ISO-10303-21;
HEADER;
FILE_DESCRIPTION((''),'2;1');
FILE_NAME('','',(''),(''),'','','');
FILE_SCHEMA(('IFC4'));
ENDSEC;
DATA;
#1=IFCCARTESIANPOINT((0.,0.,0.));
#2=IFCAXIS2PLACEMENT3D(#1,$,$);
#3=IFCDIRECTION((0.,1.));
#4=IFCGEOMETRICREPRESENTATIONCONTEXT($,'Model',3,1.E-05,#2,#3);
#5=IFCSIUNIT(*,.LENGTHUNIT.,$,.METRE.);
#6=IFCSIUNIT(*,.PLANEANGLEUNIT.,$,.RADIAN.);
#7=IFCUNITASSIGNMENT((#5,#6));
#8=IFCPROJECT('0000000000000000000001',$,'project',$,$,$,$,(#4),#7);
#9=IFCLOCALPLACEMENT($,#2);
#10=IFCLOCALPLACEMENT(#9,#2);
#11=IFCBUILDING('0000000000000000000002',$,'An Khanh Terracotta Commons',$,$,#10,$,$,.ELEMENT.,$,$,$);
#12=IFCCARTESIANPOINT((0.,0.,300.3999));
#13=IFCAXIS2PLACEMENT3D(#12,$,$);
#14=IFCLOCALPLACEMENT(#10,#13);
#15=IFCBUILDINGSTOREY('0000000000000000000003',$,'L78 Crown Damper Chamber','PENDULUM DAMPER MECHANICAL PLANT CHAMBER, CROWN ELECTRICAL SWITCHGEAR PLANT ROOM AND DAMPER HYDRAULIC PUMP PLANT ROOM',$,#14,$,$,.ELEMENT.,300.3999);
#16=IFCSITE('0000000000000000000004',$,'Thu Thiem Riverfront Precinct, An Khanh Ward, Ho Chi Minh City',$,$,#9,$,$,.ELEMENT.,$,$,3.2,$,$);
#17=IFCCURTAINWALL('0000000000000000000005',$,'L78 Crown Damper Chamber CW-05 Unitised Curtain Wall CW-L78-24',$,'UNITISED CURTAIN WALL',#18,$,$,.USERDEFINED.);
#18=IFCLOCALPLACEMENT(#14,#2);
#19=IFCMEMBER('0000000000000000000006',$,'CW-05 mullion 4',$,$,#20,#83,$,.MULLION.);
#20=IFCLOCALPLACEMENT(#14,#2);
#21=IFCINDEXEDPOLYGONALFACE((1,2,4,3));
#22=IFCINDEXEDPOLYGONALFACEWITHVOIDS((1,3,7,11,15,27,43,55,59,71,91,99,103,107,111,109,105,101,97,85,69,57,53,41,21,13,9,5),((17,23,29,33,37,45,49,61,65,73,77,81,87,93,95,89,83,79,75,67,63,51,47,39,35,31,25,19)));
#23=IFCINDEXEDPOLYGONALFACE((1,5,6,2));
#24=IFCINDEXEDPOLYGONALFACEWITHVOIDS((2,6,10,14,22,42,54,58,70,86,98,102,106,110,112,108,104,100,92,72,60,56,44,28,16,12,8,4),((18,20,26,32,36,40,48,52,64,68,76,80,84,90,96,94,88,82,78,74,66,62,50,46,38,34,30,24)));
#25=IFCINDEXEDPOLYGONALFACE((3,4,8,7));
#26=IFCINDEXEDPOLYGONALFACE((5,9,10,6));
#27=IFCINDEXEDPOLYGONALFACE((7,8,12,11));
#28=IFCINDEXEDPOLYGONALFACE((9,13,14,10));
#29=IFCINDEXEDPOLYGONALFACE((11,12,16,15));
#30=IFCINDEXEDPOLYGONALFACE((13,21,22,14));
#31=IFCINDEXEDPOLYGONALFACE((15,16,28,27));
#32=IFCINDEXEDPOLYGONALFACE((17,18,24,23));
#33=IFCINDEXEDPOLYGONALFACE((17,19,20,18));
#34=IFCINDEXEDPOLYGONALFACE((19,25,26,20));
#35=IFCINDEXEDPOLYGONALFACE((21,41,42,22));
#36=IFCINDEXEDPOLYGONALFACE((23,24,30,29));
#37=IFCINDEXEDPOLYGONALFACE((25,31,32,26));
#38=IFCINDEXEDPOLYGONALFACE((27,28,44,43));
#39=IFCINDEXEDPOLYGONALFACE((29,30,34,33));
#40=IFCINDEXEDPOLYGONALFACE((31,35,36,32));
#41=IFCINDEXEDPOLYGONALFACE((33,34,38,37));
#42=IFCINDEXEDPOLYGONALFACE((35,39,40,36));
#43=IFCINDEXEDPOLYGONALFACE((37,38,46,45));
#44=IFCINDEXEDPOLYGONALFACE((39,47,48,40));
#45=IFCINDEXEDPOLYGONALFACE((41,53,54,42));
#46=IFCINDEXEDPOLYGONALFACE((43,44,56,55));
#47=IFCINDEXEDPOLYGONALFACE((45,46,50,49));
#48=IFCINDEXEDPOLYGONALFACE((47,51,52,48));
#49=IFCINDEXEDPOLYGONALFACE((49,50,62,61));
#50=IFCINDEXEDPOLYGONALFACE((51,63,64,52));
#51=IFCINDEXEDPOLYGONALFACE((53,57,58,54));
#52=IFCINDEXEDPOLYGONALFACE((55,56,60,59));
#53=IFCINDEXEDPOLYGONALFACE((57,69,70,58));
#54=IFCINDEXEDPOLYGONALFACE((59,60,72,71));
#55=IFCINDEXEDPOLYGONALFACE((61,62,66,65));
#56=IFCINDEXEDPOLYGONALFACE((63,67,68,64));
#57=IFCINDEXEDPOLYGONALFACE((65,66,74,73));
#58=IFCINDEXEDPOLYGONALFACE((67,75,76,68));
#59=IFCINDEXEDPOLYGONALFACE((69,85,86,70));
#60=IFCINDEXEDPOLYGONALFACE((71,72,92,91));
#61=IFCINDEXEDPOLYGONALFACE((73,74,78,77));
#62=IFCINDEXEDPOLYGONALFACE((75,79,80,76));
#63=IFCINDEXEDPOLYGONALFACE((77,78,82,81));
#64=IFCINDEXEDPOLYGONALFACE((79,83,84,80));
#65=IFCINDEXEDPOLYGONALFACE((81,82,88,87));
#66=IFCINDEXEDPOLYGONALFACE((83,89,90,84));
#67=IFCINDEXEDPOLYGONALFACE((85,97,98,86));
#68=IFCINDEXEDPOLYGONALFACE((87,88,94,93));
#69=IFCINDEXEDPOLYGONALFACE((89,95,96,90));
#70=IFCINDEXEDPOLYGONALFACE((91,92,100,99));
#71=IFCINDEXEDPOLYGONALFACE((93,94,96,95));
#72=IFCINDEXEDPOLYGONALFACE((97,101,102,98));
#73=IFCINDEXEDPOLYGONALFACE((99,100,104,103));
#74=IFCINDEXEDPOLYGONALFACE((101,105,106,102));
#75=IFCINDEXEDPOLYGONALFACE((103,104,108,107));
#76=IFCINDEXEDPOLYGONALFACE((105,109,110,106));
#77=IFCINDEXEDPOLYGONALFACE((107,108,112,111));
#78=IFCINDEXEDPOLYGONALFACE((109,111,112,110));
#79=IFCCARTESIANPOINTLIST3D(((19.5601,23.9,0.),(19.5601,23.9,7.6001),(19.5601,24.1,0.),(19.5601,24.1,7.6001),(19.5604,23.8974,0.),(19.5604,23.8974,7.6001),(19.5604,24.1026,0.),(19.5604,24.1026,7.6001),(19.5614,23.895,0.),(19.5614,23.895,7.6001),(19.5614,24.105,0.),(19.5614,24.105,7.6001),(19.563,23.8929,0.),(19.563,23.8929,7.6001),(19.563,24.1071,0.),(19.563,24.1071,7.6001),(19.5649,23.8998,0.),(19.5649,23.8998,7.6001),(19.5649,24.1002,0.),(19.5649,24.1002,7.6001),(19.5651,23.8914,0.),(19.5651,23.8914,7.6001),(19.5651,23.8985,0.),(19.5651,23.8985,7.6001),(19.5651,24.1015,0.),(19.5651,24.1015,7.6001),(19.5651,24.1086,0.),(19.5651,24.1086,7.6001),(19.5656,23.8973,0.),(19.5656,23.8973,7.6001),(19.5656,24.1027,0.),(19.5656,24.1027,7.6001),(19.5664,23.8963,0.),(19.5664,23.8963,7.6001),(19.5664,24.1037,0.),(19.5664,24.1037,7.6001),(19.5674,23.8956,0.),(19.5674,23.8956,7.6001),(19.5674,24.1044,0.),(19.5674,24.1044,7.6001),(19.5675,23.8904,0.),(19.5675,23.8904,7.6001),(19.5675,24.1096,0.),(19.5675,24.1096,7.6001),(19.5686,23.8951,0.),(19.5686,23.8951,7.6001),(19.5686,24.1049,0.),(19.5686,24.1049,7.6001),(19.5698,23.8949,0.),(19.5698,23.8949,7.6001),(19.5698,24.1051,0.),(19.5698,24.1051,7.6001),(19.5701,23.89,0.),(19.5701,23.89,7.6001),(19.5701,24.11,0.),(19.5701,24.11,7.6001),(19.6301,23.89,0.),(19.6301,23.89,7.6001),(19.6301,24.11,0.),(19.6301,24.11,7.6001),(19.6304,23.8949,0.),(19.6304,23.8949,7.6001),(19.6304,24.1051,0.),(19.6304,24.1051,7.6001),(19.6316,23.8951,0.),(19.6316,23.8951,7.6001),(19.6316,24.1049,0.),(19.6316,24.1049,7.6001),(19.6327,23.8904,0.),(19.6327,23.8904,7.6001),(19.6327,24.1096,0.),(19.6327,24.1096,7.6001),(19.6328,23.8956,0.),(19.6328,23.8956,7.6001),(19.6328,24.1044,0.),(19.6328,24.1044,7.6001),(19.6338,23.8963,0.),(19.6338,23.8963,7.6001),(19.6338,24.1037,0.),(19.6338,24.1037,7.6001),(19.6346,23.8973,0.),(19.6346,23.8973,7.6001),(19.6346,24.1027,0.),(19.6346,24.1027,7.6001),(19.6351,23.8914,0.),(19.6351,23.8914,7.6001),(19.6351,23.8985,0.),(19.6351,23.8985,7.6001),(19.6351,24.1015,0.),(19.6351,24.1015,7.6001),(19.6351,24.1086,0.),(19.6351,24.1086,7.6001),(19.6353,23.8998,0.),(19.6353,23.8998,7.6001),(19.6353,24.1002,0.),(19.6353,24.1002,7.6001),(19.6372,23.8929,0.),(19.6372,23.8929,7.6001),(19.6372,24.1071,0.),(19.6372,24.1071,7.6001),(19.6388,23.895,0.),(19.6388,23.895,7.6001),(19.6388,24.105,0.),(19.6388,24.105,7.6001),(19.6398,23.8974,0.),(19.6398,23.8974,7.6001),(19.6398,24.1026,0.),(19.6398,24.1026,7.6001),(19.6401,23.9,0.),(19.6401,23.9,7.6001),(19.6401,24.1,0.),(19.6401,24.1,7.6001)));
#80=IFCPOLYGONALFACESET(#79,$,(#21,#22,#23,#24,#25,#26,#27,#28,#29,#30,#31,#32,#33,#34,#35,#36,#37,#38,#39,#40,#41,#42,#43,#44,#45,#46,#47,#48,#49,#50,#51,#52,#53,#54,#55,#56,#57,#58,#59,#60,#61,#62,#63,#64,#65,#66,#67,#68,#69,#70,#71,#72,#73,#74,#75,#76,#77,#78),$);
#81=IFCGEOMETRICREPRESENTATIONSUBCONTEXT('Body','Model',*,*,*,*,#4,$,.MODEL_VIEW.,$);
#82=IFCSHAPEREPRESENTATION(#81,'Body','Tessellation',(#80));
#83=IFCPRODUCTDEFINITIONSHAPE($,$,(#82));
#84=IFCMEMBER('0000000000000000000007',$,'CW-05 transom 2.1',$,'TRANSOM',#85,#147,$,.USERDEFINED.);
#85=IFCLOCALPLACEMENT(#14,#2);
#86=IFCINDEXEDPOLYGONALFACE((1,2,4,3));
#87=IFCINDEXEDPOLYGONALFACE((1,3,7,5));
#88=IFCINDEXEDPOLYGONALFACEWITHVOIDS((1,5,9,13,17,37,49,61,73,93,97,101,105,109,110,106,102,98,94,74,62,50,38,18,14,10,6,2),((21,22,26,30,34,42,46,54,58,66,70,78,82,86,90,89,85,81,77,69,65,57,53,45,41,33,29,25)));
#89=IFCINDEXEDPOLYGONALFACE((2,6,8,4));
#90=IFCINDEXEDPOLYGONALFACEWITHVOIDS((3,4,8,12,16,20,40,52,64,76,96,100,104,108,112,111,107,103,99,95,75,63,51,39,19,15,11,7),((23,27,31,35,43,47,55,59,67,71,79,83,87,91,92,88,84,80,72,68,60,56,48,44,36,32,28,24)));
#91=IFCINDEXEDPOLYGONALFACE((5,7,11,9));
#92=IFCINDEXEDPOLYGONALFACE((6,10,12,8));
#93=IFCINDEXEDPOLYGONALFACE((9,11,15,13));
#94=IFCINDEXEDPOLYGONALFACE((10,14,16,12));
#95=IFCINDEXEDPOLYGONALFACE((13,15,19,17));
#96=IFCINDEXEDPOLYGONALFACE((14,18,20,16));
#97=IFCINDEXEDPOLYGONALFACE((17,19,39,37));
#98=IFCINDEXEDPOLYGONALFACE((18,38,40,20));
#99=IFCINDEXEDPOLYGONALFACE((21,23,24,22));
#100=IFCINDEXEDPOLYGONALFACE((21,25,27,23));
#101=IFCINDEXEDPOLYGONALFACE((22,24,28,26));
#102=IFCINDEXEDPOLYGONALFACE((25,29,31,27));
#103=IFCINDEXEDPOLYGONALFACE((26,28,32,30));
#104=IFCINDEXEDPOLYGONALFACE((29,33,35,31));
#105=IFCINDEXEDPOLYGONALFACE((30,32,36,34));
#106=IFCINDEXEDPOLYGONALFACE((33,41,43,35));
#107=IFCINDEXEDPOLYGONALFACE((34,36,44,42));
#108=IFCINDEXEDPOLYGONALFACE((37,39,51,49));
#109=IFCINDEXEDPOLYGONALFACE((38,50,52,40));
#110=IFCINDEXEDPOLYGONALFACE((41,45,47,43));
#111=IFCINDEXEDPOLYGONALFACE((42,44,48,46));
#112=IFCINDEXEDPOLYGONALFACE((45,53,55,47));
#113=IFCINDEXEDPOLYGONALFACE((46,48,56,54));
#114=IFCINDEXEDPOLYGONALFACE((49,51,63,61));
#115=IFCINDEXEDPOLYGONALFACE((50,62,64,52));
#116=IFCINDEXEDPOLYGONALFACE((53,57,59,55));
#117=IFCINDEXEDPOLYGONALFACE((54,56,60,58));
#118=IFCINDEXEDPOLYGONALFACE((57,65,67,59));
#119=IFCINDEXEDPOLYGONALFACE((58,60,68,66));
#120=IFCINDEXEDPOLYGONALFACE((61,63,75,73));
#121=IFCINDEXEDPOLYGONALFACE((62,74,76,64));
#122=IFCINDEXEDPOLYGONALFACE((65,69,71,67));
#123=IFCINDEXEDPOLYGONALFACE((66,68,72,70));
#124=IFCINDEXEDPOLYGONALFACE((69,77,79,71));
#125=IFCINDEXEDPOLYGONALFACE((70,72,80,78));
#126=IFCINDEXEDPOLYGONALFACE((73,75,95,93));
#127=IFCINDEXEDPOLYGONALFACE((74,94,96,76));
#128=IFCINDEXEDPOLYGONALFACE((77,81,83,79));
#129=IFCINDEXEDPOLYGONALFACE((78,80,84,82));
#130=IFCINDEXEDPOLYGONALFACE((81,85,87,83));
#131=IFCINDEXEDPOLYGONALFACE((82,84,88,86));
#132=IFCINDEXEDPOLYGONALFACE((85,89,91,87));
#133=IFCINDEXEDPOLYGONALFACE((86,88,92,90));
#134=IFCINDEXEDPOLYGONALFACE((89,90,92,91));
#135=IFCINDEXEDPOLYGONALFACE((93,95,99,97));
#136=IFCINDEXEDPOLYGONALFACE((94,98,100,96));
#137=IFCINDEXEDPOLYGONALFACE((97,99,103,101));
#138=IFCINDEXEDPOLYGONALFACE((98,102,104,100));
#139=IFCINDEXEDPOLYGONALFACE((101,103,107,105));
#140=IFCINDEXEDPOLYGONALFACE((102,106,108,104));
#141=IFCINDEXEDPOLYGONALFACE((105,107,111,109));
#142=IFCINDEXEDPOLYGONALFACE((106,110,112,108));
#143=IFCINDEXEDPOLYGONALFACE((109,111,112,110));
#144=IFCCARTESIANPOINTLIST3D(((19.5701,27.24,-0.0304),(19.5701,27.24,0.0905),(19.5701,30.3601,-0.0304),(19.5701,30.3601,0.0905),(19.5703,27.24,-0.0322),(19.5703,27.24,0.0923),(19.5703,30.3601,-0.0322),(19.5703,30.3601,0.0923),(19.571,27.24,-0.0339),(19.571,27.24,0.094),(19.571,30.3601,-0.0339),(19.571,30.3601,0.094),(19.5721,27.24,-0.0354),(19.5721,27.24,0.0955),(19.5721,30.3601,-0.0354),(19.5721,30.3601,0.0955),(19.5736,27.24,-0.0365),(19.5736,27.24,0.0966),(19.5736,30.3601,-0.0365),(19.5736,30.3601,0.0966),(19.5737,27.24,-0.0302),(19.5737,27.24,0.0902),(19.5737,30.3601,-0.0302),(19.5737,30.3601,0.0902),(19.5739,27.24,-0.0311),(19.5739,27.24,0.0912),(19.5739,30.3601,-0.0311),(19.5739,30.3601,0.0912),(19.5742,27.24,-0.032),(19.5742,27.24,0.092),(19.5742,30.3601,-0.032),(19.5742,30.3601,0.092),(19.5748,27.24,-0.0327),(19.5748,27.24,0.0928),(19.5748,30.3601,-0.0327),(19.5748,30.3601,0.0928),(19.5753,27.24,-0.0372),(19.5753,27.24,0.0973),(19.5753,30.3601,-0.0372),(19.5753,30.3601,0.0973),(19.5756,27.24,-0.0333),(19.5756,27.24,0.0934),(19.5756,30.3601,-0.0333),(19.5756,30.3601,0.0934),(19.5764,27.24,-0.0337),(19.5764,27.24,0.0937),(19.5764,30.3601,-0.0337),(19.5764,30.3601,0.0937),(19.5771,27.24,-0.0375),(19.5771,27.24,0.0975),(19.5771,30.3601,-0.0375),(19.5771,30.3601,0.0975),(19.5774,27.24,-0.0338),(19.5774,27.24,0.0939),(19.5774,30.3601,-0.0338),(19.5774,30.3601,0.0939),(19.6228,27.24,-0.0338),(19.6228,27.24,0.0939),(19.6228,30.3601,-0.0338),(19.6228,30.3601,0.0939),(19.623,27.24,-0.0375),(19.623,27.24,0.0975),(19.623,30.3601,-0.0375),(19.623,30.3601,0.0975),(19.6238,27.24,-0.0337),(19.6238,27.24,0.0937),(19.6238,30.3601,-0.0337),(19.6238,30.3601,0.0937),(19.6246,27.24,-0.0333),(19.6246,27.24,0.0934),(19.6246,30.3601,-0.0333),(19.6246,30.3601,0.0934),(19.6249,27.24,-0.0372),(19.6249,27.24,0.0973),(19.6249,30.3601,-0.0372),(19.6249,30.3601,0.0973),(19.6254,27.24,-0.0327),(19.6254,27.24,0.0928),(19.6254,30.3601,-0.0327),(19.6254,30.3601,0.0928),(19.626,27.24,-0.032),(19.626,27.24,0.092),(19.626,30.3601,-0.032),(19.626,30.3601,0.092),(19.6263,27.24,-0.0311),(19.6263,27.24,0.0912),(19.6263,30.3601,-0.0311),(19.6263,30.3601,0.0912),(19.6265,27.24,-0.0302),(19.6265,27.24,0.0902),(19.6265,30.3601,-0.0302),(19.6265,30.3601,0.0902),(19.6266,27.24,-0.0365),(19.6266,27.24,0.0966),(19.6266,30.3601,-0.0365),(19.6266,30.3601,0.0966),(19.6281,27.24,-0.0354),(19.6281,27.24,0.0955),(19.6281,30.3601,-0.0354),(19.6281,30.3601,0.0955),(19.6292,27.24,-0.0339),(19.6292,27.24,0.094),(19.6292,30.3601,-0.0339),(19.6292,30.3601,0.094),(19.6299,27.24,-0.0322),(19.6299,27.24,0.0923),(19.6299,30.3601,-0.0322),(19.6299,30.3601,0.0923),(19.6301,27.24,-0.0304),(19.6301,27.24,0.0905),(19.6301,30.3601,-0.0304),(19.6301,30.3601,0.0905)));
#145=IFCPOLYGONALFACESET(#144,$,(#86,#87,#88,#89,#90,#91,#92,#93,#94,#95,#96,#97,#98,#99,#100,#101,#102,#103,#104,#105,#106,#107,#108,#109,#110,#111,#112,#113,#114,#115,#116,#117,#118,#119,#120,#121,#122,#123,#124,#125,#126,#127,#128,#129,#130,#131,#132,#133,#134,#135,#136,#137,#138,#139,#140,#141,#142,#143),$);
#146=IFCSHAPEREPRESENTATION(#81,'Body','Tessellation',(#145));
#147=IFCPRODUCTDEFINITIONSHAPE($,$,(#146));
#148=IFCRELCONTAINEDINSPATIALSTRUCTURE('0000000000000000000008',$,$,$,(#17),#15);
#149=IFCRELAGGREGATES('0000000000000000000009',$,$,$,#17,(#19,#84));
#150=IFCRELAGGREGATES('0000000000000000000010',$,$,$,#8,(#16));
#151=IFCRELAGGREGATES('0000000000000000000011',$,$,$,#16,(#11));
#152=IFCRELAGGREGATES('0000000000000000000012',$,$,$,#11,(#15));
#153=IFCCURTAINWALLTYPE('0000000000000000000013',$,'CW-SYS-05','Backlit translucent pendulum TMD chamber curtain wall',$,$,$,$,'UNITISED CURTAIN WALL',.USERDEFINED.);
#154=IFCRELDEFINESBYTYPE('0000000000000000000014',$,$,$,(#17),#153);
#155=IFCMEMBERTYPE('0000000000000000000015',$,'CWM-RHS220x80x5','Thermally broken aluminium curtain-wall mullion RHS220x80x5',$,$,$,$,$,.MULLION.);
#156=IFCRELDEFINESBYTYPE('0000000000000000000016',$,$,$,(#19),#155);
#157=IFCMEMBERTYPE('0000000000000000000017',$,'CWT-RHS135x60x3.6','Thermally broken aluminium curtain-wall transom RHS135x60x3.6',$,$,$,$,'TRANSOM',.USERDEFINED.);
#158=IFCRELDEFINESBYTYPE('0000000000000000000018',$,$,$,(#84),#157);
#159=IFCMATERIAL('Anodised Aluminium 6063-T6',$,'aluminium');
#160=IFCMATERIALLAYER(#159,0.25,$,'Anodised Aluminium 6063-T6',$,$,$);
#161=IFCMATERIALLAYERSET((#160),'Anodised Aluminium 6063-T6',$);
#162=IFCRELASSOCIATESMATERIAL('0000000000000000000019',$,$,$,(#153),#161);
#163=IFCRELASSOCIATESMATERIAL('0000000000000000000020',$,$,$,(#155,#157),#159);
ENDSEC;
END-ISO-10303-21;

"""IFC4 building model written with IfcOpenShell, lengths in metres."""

from ifc_helpers import new_model, si_unit, direction, frame, origin, origin_2d, place, context, subcontext, project, spatial, hollow_rectangle, extrude, material, layer, layer_set, material_profile, profile_set, type_object, element, aggregate, save


model = new_model("IFC4")

# Units and contexts
model_context = context("Model", 3, precision=1e-05, world=origin(), true_north=direction((0.0, 1.0)))
body_context = subcontext(model_context, "Body", "Model", "MODEL_VIEW")
ifc_project = project(units=[si_unit("LENGTHUNIT", "METRE"), si_unit("PLANEANGLEUNIT", "RADIAN")], contexts=[model_context])

# Site, building, storey
site_placement = place(None, origin())
site = spatial("IfcSite", under=ifc_project, at=site_placement, Name="Thu Thiem Riverfront Precinct, An Khanh Ward, Ho Chi Minh City", CompositionType="ELEMENT", RefElevation=3.2)
building_placement = place(site_placement, origin())
building = spatial("IfcBuilding", under=site, at=building_placement, Name="An Khanh Terracotta Commons", CompositionType="ELEMENT")
storey_placement = place(building_placement, frame((0.0, 0.0, 300.3999)))
storey = spatial("IfcBuildingStorey", under=building, at=storey_placement, Name="L78 Crown Damper Chamber", Description="PENDULUM DAMPER MECHANICAL PLANT CHAMBER, CROWN ELECTRICAL SWITCHGEAR PLANT ROOM AND DAMPER HYDRAULIC PUMP PLANT ROOM", CompositionType="ELEMENT", Elevation=300.3999)

# Curtain wall, members
ifc_material_1 = material(Name="Anodised Aluminium 6063-T6", Category="aluminium")
ifc_layer_1 = layer(ifc_material_1, 0.25, Name="Anodised Aluminium 6063-T6")
ifc_layer_set_1 = layer_set([ifc_layer_1], Name="Anodised Aluminium 6063-T6")
curtain_wall_type = type_object("IfcCurtainWallType", Name="CW-SYS-05", Description="Backlit translucent pendulum TMD chamber curtain wall", ElementType="UNITISED CURTAIN WALL", PredefinedType="USERDEFINED", material=ifc_layer_set_1)
curtain_wall_placement = place(storey_placement, origin())
curtain_wall = element("IfcCurtainWall", 1, at=curtain_wall_placement, inside=storey, type_object=curtain_wall_type, Name="L78 Crown Damper Chamber CW-05 Unitised Curtain Wall CW-L78-24", ObjectType="UNITISED CURTAIN WALL", PredefinedType="USERDEFINED")
ifc_material_profile_1 = material_profile(ifc_material_1, hollow_rectangle(XDim=0.0801, YDim=0.22, WallThickness=0.0049, InnerFilletRadius=0.0049, OuterFilletRadius=0.01, at=origin_2d()), Name="RHS220x80x5")
ifc_profile_set_1 = profile_set([ifc_material_profile_1], Name="Anodised Aluminium 6063-T6")
member_type_1 = type_object("IfcMemberType", Name="CWM-RHS220x80x5", Description="Thermally broken aluminium curtain-wall mullion RHS220x80x5", PredefinedType="MULLION", material=ifc_profile_set_1)
member_1_placement = place(storey_placement, frame((19.6001, 24.0, 0.0), z_axis=(0.0, 0.0, 1.0), x_axis=(1.0, 0.0, 0.0)))
member_1 = element("IfcMember", 2, at=member_1_placement, type_object=member_type_1, Name="CW-05 mullion 4", PredefinedType="MULLION", context=body_context, shape_type="SweptSolid", body=[
    extrude(hollow_rectangle(XDim=0.0801, YDim=0.22, WallThickness=0.0049, InnerFilletRadius=0.0049, OuterFilletRadius=0.01, at=origin_2d()), origin(), (0.0, 0.0, 1.0), 7.6001),
])
ifc_material_profile_2 = material_profile(ifc_material_1, hollow_rectangle(XDim=0.0601, YDim=0.135, WallThickness=0.0037, InnerFilletRadius=0.0037, OuterFilletRadius=0.0071, at=origin_2d()), Name="RHS135x60x3.6")
ifc_profile_set_2 = profile_set([ifc_material_profile_2], Name="Anodised Aluminium 6063-T6")
member_type_2 = type_object("IfcMemberType", Name="CWT-RHS135x60x3.6", Description="Thermally broken aluminium curtain-wall transom RHS135x60x3.6", ElementType="TRANSOM", PredefinedType="USERDEFINED", material=ifc_profile_set_2)
member_2_placement = place(storey_placement, frame((19.6001, 30.3601, 0.03), z_axis=(0.0, -1.0, 0.0), x_axis=(1.0, 0.0, 0.0)))
member_2 = element("IfcMember", 3, at=member_2_placement, type_object=member_type_2, Name="CW-05 transom 2.1", ObjectType="TRANSOM", PredefinedType="USERDEFINED", context=body_context, shape_type="SweptSolid", body=[
    extrude(hollow_rectangle(XDim=0.0601, YDim=0.135, WallThickness=0.0037, InnerFilletRadius=0.0037, OuterFilletRadius=0.0071, at=origin_2d()), origin(), (0.0, 0.0, 1.0), 3.1201),
])
aggregate(curtain_wall, [member_1, member_2])

save(model, "model.ifc")
